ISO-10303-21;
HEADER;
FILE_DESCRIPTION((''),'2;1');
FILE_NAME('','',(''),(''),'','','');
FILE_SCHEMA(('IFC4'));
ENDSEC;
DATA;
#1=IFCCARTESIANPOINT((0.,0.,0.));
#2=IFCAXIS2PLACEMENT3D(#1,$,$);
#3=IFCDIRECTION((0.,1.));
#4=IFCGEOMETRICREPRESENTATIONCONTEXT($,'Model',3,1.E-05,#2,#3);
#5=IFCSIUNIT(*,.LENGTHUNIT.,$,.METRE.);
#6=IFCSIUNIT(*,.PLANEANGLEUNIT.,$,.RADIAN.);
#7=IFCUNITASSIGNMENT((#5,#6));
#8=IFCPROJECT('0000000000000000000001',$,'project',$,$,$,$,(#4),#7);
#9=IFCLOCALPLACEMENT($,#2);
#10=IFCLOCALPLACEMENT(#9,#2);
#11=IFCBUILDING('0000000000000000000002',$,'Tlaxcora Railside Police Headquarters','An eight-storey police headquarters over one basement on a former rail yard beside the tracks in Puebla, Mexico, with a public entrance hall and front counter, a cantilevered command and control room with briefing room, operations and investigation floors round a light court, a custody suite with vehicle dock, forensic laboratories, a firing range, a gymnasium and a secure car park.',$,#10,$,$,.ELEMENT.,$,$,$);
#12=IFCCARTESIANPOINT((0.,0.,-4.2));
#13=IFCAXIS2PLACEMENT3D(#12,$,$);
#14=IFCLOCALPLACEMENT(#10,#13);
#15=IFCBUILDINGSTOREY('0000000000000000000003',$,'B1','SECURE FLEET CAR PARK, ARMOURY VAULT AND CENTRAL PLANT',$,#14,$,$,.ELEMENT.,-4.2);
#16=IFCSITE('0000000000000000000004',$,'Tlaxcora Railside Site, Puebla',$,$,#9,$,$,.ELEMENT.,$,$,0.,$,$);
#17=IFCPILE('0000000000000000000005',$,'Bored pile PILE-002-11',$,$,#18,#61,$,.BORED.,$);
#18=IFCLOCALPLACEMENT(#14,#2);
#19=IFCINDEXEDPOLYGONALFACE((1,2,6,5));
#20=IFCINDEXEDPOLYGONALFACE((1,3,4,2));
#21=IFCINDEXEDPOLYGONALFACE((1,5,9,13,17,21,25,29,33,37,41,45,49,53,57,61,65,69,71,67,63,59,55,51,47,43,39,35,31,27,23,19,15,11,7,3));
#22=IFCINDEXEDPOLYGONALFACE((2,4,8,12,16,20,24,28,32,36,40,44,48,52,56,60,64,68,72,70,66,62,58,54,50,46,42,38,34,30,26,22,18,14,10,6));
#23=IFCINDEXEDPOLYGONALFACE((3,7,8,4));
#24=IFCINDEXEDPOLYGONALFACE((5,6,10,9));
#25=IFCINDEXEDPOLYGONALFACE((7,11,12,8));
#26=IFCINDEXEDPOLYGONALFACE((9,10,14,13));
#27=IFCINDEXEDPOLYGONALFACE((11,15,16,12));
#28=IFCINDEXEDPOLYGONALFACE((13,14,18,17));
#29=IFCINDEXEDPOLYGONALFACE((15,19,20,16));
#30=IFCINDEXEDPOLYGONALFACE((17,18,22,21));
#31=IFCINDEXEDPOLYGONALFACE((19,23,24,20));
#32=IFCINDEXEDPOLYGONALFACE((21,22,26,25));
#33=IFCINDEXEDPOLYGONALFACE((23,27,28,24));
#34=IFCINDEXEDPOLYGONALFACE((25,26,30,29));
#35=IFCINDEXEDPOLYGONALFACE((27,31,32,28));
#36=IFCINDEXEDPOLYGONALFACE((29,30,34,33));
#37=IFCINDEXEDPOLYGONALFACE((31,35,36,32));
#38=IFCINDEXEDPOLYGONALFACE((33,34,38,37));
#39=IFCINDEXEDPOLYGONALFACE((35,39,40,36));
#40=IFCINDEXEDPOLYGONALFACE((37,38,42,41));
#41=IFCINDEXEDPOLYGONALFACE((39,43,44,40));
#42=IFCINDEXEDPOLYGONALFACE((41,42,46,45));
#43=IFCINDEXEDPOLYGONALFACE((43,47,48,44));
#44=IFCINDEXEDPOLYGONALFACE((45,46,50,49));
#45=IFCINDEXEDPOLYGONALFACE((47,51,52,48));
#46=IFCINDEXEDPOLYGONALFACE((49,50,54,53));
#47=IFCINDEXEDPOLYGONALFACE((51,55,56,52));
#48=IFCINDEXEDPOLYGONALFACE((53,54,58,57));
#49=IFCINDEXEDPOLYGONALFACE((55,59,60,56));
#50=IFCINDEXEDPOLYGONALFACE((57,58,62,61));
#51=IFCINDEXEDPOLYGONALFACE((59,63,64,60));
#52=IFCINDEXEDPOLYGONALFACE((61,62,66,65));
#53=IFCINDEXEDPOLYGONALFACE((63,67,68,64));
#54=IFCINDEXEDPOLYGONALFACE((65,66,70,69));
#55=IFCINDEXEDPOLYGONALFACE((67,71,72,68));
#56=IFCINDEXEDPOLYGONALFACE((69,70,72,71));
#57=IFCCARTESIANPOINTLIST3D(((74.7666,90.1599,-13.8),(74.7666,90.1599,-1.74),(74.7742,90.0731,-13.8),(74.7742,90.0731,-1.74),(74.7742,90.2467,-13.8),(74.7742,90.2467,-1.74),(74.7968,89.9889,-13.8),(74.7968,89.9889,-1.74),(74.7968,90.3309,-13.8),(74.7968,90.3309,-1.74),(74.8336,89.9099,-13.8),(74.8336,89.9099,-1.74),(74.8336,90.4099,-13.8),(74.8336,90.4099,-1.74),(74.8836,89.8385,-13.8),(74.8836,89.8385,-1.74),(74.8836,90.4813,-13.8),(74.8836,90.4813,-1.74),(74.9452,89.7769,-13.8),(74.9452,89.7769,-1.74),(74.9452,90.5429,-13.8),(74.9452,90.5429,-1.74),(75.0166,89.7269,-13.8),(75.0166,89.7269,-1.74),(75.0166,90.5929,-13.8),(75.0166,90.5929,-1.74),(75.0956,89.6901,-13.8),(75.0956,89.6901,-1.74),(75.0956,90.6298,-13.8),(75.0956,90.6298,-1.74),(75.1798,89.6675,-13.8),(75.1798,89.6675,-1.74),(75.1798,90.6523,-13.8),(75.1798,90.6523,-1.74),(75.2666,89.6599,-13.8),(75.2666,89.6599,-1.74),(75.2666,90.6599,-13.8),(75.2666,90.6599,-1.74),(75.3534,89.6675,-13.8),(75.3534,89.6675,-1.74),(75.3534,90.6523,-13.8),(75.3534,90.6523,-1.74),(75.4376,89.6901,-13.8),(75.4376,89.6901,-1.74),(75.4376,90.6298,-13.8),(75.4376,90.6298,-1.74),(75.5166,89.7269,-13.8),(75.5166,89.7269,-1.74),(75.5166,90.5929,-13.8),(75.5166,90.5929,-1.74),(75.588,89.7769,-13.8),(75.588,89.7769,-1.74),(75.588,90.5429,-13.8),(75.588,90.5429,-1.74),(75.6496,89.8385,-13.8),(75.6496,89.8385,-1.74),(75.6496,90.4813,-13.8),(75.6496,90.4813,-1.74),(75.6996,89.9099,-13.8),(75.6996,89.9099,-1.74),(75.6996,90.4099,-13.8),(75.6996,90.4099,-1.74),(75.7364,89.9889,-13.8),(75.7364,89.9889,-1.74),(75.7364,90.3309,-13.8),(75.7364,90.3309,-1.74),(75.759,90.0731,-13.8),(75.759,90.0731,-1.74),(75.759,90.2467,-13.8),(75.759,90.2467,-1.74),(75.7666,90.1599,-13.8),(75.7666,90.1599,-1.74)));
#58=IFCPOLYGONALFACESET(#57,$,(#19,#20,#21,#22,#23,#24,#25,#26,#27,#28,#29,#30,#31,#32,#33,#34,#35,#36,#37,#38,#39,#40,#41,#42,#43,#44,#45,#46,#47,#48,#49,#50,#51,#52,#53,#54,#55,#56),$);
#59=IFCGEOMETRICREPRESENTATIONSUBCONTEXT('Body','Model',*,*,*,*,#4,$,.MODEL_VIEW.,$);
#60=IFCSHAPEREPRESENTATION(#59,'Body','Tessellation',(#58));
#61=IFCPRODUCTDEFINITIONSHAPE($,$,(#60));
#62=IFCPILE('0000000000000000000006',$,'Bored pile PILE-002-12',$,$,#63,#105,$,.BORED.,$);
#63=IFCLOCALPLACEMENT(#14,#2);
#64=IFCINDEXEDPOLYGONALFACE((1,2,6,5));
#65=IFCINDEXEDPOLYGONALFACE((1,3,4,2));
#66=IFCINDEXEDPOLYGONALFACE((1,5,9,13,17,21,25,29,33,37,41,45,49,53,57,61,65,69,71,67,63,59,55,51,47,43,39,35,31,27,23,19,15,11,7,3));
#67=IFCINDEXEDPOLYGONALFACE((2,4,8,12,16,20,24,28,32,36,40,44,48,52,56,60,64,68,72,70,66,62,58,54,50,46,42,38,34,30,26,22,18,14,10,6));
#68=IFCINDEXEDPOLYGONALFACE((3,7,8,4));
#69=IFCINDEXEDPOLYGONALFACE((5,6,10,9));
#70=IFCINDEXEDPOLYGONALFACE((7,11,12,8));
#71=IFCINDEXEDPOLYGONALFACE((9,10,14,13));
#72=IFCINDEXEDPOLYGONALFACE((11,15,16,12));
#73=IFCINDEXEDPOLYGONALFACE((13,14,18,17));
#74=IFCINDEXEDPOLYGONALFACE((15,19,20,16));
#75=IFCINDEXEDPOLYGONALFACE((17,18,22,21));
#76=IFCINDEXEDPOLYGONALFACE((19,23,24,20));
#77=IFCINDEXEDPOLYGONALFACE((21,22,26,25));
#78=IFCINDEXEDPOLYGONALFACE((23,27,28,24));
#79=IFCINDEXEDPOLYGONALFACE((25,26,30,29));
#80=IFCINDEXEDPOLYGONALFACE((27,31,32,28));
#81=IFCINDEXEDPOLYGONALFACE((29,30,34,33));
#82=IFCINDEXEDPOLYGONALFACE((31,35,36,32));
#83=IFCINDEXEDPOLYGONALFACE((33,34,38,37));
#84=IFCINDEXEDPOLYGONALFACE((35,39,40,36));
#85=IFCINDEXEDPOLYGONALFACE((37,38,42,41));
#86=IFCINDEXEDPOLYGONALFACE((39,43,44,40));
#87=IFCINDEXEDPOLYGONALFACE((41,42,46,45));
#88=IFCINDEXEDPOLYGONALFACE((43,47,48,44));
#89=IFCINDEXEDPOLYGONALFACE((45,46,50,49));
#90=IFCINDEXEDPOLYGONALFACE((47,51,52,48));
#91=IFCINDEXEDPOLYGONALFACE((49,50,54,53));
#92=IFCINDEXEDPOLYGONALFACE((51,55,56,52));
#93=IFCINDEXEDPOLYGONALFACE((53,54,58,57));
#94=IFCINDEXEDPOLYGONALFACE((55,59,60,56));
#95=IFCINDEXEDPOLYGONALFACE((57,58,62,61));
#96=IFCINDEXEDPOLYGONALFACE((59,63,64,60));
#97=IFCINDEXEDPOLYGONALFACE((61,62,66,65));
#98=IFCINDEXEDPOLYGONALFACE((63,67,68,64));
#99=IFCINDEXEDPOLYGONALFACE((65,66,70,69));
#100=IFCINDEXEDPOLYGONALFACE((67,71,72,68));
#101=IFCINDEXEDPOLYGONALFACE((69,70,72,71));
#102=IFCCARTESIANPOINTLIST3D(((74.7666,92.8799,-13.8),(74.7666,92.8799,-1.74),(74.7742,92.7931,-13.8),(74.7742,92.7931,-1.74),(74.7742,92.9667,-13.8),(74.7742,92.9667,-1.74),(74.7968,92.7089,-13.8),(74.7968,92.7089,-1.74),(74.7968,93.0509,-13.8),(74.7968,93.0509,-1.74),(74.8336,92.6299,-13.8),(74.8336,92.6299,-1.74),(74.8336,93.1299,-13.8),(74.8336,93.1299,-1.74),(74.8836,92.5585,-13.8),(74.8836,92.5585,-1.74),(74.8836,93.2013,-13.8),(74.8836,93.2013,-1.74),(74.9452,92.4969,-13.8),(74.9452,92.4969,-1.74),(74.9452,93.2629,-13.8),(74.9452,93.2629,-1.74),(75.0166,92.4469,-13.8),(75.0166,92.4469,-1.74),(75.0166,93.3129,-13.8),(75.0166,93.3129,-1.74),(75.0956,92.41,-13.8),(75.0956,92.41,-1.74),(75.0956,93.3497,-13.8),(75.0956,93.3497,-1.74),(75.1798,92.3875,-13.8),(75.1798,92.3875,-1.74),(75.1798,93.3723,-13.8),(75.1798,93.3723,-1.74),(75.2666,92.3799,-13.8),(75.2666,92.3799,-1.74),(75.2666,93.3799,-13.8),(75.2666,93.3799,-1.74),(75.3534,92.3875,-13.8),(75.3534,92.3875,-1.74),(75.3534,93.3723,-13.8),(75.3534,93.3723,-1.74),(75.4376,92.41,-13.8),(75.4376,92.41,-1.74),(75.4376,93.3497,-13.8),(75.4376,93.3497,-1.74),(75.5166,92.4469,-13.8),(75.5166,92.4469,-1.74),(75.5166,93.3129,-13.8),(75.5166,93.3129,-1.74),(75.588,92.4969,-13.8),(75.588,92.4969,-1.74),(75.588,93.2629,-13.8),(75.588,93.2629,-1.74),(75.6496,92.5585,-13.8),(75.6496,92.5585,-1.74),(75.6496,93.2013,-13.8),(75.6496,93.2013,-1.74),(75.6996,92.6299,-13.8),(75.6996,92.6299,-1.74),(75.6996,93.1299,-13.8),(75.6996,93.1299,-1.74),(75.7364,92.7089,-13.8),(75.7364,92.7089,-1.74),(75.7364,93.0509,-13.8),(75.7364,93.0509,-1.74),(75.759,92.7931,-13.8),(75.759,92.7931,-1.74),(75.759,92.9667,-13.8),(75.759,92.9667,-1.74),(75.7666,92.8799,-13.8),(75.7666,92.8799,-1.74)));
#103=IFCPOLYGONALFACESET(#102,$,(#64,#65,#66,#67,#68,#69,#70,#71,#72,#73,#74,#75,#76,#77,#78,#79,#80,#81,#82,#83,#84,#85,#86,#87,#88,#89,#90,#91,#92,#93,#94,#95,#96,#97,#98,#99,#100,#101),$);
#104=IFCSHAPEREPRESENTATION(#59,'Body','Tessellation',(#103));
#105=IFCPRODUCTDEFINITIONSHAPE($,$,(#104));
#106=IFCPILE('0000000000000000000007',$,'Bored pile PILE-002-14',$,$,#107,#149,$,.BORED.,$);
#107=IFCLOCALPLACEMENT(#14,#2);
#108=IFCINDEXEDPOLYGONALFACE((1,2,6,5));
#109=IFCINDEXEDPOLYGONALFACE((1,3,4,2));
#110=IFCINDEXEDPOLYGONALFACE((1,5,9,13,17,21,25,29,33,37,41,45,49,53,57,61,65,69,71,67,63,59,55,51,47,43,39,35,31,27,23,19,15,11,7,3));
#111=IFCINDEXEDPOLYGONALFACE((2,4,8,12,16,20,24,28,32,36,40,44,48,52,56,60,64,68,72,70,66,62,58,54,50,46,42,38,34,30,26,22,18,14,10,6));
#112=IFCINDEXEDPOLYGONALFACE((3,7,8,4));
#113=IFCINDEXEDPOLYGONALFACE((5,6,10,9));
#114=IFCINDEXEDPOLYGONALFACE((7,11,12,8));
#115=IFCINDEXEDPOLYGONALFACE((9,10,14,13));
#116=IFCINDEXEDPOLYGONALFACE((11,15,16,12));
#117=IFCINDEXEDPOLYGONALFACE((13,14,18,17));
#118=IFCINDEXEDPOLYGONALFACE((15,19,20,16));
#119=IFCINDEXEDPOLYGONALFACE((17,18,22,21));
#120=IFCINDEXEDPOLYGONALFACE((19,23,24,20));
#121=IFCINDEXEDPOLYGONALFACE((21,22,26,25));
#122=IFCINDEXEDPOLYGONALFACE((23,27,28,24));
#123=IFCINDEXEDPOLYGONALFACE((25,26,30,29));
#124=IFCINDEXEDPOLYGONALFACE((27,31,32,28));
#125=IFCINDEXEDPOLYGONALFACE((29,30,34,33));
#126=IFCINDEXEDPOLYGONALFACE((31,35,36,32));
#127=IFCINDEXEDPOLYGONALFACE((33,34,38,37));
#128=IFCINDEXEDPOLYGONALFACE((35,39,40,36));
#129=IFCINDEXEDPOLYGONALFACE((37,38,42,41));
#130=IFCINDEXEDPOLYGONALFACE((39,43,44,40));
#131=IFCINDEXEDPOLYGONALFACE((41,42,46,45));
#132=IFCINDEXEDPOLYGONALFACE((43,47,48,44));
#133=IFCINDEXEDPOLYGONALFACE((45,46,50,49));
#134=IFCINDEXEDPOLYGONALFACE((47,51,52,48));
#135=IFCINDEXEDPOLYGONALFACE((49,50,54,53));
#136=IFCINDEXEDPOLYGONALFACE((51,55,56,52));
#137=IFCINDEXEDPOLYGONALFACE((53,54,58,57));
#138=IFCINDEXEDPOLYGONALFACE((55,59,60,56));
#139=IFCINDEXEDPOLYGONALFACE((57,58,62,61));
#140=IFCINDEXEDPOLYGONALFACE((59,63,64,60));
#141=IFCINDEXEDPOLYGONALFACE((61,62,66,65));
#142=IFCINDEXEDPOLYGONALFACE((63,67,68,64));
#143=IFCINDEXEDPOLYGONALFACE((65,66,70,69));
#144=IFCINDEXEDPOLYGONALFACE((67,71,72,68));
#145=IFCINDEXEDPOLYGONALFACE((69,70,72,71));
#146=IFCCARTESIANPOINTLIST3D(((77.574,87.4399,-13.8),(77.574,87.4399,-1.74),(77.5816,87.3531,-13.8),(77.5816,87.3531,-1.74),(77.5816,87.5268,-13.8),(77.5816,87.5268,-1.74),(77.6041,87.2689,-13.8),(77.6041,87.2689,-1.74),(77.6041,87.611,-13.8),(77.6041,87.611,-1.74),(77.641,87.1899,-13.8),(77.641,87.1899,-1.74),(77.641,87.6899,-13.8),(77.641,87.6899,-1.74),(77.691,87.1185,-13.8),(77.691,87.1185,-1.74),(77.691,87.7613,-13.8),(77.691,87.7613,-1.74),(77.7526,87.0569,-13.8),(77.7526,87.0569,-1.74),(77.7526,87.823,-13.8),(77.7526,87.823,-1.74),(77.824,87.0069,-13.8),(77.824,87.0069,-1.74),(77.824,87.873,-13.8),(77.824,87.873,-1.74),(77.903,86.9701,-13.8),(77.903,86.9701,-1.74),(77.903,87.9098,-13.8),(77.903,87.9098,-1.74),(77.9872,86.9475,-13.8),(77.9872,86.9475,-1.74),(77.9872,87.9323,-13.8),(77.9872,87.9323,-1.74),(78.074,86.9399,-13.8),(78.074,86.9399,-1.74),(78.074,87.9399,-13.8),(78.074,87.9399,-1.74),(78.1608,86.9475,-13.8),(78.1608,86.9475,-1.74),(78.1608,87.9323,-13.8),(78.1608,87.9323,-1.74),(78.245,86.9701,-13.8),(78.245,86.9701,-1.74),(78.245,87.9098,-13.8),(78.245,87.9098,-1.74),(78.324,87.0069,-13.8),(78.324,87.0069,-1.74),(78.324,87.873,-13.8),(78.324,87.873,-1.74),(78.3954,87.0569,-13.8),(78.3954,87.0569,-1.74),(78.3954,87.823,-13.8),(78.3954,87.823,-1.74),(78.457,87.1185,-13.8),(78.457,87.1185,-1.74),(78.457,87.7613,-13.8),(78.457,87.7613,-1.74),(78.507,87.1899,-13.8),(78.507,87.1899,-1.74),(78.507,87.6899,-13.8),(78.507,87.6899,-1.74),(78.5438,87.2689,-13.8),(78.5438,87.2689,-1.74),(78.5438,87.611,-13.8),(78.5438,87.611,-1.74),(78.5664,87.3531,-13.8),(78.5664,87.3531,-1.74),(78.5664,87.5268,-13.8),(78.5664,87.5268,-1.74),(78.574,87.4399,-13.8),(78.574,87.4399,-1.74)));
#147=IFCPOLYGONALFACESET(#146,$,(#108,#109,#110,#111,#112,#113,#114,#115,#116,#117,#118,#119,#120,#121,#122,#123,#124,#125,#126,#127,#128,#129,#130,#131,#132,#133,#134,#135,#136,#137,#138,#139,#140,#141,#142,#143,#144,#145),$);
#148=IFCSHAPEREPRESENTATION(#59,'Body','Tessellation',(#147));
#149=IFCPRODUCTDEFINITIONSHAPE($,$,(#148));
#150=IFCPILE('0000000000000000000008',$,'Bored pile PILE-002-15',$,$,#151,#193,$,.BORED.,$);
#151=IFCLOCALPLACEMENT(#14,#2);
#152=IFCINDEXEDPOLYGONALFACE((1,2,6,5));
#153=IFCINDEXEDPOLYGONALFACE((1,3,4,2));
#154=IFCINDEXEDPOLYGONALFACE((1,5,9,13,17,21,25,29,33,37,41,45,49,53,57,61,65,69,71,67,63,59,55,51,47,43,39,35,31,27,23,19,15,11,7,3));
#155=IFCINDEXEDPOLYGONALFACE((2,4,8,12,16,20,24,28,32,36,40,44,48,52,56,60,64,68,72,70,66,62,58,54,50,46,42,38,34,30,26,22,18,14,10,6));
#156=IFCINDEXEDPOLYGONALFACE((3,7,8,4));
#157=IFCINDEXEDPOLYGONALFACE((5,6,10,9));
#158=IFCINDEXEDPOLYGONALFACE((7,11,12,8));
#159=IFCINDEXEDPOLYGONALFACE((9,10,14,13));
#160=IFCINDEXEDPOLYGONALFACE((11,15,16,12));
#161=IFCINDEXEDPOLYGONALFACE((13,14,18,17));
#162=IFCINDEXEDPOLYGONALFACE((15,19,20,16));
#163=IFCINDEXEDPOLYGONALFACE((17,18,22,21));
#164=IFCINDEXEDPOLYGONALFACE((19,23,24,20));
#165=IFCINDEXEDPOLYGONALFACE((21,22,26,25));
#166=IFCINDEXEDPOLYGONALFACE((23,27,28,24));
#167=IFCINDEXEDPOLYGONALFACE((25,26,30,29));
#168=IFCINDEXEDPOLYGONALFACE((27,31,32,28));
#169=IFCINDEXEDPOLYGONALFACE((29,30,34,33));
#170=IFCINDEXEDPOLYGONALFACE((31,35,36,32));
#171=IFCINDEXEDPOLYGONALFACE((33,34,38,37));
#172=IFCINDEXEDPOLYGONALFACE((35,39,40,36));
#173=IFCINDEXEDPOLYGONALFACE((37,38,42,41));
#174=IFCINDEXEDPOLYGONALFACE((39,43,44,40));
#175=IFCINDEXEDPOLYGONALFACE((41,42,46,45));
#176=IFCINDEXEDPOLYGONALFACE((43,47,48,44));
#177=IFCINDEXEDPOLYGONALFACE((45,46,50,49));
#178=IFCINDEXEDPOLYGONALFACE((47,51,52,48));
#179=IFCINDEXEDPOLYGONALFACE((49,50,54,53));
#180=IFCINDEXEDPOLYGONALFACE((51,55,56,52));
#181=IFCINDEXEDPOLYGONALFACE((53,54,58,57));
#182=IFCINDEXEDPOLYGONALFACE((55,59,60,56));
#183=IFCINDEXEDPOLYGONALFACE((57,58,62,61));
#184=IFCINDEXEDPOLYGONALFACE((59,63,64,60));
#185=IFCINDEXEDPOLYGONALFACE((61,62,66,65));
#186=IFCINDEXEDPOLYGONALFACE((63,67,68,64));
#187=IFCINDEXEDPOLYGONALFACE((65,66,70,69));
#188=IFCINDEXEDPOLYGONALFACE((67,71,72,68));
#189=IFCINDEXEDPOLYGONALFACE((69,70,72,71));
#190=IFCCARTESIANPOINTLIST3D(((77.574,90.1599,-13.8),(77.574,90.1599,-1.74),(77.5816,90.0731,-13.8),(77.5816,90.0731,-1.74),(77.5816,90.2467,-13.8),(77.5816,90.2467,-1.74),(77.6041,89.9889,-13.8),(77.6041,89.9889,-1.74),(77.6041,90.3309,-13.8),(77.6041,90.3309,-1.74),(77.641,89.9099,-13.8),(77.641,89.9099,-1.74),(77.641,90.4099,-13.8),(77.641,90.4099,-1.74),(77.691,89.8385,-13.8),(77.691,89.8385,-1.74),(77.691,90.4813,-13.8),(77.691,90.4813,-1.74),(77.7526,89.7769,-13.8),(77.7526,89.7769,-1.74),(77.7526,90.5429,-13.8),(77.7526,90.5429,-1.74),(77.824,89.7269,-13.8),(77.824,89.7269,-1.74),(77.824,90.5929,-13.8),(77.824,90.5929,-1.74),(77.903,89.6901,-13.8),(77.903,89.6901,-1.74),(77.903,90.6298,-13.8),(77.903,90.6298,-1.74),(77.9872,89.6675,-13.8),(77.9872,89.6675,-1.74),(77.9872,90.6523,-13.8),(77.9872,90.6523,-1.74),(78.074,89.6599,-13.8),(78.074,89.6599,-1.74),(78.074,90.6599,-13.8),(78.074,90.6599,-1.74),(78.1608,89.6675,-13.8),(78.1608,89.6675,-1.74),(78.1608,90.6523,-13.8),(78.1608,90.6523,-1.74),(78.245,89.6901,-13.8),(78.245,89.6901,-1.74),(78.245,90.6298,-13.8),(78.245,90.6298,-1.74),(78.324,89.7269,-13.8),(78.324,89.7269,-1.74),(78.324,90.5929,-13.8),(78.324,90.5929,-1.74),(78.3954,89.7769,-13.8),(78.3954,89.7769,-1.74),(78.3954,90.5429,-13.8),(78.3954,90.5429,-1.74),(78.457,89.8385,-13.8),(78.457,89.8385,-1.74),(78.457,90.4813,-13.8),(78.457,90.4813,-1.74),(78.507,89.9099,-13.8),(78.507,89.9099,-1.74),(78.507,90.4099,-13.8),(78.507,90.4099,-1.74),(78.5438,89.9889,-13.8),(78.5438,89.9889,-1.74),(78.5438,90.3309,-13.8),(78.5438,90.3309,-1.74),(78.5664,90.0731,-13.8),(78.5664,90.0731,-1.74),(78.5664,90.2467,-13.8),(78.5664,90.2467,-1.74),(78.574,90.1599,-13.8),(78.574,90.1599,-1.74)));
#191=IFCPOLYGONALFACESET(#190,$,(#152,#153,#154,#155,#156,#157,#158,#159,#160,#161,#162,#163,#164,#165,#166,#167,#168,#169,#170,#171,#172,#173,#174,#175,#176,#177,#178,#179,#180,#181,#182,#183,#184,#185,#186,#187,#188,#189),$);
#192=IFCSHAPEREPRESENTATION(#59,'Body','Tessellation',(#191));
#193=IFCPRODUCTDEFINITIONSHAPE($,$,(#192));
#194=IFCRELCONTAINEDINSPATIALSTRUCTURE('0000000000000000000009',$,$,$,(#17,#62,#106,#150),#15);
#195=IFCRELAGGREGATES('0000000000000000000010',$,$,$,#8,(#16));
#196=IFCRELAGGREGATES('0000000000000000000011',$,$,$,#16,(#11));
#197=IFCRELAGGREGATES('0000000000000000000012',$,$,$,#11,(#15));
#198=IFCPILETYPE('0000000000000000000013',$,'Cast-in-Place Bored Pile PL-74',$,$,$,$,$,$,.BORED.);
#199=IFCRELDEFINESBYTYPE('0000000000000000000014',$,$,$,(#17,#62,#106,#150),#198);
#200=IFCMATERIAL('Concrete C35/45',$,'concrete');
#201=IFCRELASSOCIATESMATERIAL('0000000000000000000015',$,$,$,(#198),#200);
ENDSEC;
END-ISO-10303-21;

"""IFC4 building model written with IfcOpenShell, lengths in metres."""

from ifc_helpers import new_model, si_unit, direction, frame, origin, origin_2d, place, context, subcontext, project, spatial, circle, extrude, material, material_profile, profile_set, type_object, element, save


model = new_model("IFC4")

# Units and contexts
model_context = context("Model", 3, precision=1e-05, world=origin(), true_north=direction((0.0, 1.0)))
body_context = subcontext(model_context, "Body", "Model", "MODEL_VIEW")
ifc_project = project(units=[si_unit("LENGTHUNIT", "METRE"), si_unit("PLANEANGLEUNIT", "RADIAN")], contexts=[model_context])

# Site, building, storey
site_placement = place(None, origin())
site = spatial("IfcSite", under=ifc_project, at=site_placement, Name="Tlaxcora Railside Site, Puebla", CompositionType="ELEMENT", RefElevation=0.0)
building_placement = place(site_placement, origin())
building = spatial("IfcBuilding", under=site, at=building_placement, Name="Tlaxcora Railside Police Headquarters", Description="An eight-storey police headquarters over one basement on a former rail yard beside the tracks in Puebla, Mexico, with a public entrance hall and front counter, a cantilevered command and control room with briefing room, operations and investigation floors round a light court, a custody suite with vehicle dock, forensic laboratories, a firing range, a gymnasium and a secure car park.", CompositionType="ELEMENT")
storey_placement = place(building_placement, frame((0.0, 0.0, -4.2)))
storey = spatial("IfcBuildingStorey", under=building, at=storey_placement, Name="B1", Description="SECURE FLEET CAR PARK, ARMOURY VAULT AND CENTRAL PLANT", CompositionType="ELEMENT", Elevation=-4.2)

# Piles
ifc_material_1 = material(Name="Concrete C35/45", Category="concrete")
ifc_material_profile_1 = material_profile(ifc_material_1, circle(Radius=0.5, at=origin_2d()), Name="PILE1000")
ifc_profile_set_1 = profile_set([ifc_material_profile_1], Name="Concrete C35/45")
pile_type = type_object("IfcPileType", Name="Cast-in-Place Bored Pile PL-74", PredefinedType="BORED", material=ifc_profile_set_1)
for number, where, z_axis, x_axis, name in (
    (1, (75.2666, 90.1599, -1.74), (0.0, 0.0, -1.0), (1.0, 0.0, 0.0), "Bored pile PILE-002-11"),
    (2, (75.2666, 92.8799, -1.74), (0.0, 0.0, -1.0), (1.0, 0.0, 0.0), "Bored pile PILE-002-12"),
    (3, (78.074, 87.4399, -1.74), (0.0, 0.0, -1.0), (1.0, 0.0, 0.0), "Bored pile PILE-002-14"),
    (4, (78.074, 90.1599, -1.74), (0.0, 0.0, -1.0), (1.0, 0.0, 0.0), "Bored pile PILE-002-15"),
):
    element("IfcPile", number, at=place(storey_placement, frame(where, z_axis=z_axis, x_axis=x_axis)), inside=storey, type_object=pile_type, Name=name, PredefinedType="BORED", context=body_context, shape_type="SweptSolid", body=[
        extrude(circle(Radius=0.5, at=origin_2d()), origin(), (0.0, 0.0, 1.0), 12.0601),
    ])

save(model, "model.ifc")
